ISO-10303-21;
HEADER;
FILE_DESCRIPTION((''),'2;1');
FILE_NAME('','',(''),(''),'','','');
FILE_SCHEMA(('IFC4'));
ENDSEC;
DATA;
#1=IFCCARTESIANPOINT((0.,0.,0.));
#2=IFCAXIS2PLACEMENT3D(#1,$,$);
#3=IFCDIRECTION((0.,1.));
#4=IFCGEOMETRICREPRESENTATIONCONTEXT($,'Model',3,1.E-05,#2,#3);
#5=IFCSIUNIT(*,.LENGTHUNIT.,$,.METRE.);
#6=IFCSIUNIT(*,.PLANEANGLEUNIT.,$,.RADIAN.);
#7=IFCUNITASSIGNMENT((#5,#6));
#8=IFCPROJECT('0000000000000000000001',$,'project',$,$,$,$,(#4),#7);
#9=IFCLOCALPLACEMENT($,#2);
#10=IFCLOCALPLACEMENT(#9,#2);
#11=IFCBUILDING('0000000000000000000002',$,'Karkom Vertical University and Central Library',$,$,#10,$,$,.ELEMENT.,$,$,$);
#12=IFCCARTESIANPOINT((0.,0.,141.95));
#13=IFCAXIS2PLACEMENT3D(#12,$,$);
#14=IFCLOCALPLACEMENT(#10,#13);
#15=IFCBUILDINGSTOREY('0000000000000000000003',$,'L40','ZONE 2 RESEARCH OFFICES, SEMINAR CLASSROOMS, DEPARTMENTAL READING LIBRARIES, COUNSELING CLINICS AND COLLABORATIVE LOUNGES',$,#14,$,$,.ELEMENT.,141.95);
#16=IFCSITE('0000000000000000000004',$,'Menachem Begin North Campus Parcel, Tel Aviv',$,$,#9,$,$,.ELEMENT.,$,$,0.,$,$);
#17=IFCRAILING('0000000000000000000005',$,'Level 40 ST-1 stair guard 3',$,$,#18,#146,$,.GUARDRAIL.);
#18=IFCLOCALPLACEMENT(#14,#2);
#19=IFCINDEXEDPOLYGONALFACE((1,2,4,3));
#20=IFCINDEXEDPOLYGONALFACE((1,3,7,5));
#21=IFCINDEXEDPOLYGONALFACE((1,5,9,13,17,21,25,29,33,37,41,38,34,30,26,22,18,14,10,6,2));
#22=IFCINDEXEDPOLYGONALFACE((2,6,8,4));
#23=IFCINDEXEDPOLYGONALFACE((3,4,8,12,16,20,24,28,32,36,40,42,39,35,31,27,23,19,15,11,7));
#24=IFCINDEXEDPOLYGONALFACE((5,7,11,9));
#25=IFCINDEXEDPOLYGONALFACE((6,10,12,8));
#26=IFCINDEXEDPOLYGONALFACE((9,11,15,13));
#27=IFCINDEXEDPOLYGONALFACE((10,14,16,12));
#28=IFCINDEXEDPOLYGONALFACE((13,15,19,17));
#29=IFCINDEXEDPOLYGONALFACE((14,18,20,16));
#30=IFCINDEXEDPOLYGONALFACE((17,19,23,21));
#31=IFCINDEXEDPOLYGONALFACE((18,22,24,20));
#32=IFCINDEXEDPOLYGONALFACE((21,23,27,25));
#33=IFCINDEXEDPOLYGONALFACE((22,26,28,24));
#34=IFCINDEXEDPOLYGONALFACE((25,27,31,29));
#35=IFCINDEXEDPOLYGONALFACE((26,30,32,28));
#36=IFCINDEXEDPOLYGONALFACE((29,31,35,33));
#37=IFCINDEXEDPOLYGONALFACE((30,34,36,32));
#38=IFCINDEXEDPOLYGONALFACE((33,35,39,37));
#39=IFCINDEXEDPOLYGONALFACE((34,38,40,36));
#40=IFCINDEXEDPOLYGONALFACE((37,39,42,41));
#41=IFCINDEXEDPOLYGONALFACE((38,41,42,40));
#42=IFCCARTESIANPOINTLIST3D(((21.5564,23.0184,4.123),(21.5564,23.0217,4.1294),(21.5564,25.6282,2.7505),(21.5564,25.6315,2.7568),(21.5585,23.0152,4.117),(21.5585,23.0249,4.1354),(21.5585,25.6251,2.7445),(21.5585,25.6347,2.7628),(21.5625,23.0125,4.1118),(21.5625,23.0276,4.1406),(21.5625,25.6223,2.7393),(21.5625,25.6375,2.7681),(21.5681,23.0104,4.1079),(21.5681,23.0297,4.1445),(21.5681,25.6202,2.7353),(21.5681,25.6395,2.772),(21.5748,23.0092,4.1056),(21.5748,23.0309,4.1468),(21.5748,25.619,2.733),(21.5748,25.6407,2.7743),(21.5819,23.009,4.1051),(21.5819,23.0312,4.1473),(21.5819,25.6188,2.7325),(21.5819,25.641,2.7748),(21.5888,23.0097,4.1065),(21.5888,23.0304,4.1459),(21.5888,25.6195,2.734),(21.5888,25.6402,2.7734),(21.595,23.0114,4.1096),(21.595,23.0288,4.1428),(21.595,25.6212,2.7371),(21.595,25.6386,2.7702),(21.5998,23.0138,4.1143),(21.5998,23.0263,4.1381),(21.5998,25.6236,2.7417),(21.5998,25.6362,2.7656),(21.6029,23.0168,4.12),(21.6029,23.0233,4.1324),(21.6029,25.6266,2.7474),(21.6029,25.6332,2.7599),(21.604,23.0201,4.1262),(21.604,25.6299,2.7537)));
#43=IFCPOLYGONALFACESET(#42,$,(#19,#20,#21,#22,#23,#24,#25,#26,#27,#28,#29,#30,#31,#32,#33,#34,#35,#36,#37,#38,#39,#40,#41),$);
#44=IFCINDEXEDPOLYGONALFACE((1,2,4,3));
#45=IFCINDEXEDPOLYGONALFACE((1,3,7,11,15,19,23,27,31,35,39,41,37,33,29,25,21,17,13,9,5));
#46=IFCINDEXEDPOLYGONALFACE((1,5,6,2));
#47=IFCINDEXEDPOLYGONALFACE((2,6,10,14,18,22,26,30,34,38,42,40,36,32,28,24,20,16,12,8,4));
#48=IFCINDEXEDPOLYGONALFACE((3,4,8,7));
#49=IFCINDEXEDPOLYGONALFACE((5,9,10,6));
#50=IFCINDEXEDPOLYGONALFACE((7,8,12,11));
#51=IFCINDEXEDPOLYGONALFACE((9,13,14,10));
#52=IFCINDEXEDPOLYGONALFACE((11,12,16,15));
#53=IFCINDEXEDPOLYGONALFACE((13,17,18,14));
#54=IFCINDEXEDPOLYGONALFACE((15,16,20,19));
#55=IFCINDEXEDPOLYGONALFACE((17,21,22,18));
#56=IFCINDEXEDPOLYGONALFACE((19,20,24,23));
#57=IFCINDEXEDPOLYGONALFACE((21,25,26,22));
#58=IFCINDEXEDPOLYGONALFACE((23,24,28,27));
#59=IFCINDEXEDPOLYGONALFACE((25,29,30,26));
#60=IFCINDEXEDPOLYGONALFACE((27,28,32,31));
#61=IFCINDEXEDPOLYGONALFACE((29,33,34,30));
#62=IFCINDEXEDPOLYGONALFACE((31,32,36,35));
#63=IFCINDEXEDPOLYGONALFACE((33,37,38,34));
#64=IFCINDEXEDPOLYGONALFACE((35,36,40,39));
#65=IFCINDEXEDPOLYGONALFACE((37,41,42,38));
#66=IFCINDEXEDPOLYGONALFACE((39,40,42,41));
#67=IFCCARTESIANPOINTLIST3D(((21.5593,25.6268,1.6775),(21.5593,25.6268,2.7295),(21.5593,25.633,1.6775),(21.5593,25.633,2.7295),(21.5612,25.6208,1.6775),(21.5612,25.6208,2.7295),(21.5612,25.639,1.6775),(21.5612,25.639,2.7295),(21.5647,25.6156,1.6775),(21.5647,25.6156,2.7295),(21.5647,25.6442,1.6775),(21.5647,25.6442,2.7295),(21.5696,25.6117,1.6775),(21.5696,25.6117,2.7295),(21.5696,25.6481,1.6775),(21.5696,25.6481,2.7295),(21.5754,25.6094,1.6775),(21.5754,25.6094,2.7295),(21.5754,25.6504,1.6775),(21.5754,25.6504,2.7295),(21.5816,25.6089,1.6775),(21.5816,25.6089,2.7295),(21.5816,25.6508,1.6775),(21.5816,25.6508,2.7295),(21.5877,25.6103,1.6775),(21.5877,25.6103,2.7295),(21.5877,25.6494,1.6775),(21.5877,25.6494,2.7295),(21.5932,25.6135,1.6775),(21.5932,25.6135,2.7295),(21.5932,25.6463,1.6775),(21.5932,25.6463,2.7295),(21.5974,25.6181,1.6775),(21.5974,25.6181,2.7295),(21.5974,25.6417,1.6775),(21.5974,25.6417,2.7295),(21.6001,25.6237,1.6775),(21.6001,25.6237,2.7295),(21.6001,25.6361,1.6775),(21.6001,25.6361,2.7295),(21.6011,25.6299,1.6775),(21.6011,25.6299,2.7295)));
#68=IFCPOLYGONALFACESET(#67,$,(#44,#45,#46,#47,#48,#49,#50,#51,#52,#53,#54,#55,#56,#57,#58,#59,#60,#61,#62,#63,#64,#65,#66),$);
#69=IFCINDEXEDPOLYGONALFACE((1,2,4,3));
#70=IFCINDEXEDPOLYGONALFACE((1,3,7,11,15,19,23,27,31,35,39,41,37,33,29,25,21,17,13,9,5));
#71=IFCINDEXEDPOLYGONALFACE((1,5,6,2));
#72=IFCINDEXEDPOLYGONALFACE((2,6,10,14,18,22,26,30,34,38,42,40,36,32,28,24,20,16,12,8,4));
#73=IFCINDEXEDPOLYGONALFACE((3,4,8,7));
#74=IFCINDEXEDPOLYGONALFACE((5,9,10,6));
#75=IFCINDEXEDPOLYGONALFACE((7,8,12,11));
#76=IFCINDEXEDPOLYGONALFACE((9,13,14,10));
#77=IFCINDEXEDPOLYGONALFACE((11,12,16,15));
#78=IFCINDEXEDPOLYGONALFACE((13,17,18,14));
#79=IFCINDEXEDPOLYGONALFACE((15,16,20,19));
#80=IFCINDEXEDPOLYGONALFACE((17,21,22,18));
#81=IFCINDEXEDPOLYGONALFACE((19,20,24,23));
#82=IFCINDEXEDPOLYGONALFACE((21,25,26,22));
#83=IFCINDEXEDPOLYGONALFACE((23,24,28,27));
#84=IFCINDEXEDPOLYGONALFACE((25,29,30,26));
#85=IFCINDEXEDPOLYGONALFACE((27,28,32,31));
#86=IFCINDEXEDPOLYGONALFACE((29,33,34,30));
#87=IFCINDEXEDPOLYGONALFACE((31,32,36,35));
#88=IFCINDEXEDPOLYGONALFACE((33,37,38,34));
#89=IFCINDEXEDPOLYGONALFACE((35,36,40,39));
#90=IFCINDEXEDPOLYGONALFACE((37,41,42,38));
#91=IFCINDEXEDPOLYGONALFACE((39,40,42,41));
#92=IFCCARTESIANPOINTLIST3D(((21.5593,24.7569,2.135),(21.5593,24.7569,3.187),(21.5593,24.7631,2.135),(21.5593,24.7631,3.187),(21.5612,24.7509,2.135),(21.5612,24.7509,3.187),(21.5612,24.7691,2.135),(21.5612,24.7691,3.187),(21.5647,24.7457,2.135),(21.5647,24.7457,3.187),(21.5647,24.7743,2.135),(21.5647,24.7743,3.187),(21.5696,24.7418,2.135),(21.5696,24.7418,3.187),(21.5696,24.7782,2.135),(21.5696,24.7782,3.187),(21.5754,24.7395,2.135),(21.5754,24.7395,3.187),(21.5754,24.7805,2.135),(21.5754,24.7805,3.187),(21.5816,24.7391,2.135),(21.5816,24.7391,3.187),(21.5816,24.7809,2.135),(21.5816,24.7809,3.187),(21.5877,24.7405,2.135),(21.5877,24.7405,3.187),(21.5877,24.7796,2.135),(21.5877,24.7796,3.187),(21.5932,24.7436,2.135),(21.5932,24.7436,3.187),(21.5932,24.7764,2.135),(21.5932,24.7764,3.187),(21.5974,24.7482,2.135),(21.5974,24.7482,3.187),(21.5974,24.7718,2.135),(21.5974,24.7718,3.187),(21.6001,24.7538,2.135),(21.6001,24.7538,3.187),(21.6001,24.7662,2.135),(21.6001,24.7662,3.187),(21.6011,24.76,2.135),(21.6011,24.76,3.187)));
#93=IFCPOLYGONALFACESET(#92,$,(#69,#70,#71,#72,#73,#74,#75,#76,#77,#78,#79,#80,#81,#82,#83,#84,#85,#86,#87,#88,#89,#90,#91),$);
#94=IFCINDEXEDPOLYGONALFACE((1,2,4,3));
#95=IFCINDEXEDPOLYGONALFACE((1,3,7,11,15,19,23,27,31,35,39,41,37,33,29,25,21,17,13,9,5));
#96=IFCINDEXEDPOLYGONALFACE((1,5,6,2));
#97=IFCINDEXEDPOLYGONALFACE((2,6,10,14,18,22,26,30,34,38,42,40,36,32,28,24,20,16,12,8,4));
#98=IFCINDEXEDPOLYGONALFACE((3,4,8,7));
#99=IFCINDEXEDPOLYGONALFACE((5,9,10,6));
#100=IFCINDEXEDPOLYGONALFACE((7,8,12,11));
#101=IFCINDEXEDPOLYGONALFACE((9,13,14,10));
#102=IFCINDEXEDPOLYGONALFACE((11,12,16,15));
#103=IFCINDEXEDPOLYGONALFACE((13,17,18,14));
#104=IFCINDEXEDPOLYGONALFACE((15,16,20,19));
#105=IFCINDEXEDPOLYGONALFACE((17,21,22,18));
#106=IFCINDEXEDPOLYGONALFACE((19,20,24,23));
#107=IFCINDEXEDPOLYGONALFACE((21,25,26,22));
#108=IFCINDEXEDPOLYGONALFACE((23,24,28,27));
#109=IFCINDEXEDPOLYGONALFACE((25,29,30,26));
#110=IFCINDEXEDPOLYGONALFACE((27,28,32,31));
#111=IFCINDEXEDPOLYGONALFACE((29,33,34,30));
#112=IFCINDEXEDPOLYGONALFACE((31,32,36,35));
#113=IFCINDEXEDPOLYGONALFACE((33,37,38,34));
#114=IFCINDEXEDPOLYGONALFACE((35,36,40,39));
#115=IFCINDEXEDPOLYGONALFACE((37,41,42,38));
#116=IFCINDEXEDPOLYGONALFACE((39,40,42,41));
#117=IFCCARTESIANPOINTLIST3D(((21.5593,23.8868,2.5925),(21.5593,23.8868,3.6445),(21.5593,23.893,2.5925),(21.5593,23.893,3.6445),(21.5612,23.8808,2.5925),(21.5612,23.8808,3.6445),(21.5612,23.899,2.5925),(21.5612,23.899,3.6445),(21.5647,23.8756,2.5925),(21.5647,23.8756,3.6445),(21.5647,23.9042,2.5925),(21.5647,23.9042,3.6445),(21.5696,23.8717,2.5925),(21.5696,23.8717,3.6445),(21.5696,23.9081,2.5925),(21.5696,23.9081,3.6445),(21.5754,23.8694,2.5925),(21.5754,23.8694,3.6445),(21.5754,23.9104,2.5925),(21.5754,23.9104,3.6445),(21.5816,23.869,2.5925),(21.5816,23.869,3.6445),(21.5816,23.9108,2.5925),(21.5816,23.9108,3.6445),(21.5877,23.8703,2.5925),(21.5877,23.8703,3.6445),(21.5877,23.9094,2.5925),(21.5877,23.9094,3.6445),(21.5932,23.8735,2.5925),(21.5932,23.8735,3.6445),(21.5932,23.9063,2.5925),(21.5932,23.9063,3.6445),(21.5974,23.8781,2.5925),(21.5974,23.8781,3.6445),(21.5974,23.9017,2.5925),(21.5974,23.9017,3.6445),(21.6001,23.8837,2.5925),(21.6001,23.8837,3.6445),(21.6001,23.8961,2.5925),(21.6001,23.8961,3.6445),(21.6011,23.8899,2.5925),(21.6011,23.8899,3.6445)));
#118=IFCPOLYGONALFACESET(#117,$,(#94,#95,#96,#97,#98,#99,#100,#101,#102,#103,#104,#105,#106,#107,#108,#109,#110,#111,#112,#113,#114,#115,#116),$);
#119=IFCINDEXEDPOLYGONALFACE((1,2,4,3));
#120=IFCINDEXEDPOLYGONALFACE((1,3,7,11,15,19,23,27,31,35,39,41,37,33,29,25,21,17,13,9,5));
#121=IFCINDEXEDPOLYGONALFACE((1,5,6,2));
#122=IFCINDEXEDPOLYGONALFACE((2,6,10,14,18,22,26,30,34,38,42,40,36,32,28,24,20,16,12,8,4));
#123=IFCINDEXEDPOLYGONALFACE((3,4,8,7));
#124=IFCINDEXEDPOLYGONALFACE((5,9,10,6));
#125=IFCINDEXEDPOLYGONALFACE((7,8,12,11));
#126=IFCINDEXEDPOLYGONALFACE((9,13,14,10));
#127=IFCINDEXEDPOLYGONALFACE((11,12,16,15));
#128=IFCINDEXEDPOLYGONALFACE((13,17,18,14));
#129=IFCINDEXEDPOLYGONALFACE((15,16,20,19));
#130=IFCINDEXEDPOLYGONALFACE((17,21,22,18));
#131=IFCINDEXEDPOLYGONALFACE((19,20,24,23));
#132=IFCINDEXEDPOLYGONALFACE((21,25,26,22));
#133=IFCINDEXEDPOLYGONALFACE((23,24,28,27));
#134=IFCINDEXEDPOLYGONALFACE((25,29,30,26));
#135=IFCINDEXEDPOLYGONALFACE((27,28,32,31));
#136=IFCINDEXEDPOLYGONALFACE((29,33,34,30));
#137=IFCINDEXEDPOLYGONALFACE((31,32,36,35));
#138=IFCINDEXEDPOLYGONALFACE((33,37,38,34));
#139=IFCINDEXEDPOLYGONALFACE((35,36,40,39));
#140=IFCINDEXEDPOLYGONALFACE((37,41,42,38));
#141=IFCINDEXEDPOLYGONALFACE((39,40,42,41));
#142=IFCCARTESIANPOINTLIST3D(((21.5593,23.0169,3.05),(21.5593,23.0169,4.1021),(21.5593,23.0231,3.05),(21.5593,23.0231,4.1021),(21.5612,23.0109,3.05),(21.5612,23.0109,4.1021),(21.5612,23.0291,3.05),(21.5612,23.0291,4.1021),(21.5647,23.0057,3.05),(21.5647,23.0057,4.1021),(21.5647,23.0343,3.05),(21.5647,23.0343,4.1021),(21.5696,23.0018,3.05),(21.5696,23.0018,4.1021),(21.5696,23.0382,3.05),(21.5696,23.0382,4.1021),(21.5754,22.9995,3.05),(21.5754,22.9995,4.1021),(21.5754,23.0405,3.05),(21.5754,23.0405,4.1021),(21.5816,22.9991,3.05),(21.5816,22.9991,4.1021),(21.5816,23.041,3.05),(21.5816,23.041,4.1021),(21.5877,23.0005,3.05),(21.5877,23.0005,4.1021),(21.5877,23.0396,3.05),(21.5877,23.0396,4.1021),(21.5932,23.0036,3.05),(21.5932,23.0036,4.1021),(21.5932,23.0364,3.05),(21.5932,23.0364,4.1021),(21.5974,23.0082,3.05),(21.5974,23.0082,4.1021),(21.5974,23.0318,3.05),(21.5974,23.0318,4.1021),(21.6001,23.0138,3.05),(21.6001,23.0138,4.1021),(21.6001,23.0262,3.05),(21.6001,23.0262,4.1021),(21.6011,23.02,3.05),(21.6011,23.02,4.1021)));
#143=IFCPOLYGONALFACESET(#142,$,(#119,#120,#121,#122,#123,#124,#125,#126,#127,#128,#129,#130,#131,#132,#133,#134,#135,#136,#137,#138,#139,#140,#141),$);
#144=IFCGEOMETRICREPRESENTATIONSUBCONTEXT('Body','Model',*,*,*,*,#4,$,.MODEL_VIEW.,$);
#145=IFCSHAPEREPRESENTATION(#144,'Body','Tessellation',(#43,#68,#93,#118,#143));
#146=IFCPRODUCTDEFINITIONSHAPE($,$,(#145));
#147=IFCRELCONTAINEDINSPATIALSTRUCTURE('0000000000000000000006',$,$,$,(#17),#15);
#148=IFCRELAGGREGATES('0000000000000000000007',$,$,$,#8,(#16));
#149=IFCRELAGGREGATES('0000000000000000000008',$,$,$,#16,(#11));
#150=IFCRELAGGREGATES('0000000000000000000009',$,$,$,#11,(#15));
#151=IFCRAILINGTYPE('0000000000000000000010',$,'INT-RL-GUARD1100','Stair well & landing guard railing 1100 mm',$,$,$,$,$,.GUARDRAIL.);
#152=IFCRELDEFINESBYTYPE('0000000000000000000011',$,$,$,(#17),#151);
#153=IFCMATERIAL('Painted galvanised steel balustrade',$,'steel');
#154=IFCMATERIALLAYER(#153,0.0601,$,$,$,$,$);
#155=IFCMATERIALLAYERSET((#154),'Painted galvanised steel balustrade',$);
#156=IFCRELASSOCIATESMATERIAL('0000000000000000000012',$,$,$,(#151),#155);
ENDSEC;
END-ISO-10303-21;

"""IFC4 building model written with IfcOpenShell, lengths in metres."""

from ifc_helpers import new_model, si_unit, direction, frame, origin, origin_2d, place, context, subcontext, project, spatial, circle, extrude, material, layer, layer_set, type_object, element, save


model = new_model("IFC4")

# Units and contexts
model_context = context("Model", 3, precision=1e-05, world=origin(), true_north=direction((0.0, 1.0)))
body_context = subcontext(model_context, "Body", "Model", "MODEL_VIEW")
ifc_project = project(units=[si_unit("LENGTHUNIT", "METRE"), si_unit("PLANEANGLEUNIT", "RADIAN")], contexts=[model_context])

# Site, building, storey
site_placement = place(None, origin())
site = spatial("IfcSite", under=ifc_project, at=site_placement, Name="Menachem Begin North Campus Parcel, Tel Aviv", CompositionType="ELEMENT", RefElevation=0.0)
building_placement = place(site_placement, origin())
building = spatial("IfcBuilding", under=site, at=building_placement, Name="Karkom Vertical University and Central Library", CompositionType="ELEMENT")
storey_placement = place(building_placement, frame((0.0, 0.0, 141.95)))
storey = spatial("IfcBuildingStorey", under=building, at=storey_placement, Name="L40", Description="ZONE 2 RESEARCH OFFICES, SEMINAR CLASSROOMS, DEPARTMENTAL READING LIBRARIES, COUNSELING CLINICS AND COLLABORATIVE LOUNGES", CompositionType="ELEMENT", Elevation=141.95)

# Railing
ifc_material_1 = material(Name="Painted galvanised steel balustrade", Category="steel")
ifc_layer_1 = layer(ifc_material_1, 0.0601)
ifc_layer_set_1 = layer_set([ifc_layer_1], Name="Painted galvanised steel balustrade")
railing_type_1 = type_object("IfcRailingType", Name="INT-RL-GUARD1100", Description="Stair well & landing guard railing 1100 mm", PredefinedType="GUARDRAIL", material=ifc_layer_set_1)
railing_1_placement = place(storey_placement, frame((21.5801, 25.6299, 1.6775)))
element("IfcRailing", 1, at=railing_1_placement, inside=storey, type_object=railing_type_1, Name="Level 40 ST-1 stair guard 3", PredefinedType="GUARDRAIL", context=body_context, shape_type="SweptSolid", body=[
    extrude(circle(Radius=0.0239, at=origin_2d()), frame((0.0, 0.0, 1.0762), z_axis=(0.0, -0.885065, 0.465467), x_axis=(1.0, 0.0, 0.0)), (0.0, 0.0, 1.0), 2.9487),
    extrude(circle(Radius=0.021, at=origin_2d()), origin(), (0.0, 0.0, 1.0), 1.052),
    extrude(circle(Radius=0.021, at=origin_2d()), frame((0.0, -0.8699, 0.4575)), (0.0, 0.0, 1.0), 1.052),
    extrude(circle(Radius=0.021, at=origin_2d()), frame((0.0, -1.74, 0.915)), (0.0, 0.0, 1.0), 1.052),
    extrude(circle(Radius=0.021, at=origin_2d()), frame((0.0, -2.6099, 1.3726)), (0.0, 0.0, 1.0), 1.052),
])

save(model, "model.ifc")
